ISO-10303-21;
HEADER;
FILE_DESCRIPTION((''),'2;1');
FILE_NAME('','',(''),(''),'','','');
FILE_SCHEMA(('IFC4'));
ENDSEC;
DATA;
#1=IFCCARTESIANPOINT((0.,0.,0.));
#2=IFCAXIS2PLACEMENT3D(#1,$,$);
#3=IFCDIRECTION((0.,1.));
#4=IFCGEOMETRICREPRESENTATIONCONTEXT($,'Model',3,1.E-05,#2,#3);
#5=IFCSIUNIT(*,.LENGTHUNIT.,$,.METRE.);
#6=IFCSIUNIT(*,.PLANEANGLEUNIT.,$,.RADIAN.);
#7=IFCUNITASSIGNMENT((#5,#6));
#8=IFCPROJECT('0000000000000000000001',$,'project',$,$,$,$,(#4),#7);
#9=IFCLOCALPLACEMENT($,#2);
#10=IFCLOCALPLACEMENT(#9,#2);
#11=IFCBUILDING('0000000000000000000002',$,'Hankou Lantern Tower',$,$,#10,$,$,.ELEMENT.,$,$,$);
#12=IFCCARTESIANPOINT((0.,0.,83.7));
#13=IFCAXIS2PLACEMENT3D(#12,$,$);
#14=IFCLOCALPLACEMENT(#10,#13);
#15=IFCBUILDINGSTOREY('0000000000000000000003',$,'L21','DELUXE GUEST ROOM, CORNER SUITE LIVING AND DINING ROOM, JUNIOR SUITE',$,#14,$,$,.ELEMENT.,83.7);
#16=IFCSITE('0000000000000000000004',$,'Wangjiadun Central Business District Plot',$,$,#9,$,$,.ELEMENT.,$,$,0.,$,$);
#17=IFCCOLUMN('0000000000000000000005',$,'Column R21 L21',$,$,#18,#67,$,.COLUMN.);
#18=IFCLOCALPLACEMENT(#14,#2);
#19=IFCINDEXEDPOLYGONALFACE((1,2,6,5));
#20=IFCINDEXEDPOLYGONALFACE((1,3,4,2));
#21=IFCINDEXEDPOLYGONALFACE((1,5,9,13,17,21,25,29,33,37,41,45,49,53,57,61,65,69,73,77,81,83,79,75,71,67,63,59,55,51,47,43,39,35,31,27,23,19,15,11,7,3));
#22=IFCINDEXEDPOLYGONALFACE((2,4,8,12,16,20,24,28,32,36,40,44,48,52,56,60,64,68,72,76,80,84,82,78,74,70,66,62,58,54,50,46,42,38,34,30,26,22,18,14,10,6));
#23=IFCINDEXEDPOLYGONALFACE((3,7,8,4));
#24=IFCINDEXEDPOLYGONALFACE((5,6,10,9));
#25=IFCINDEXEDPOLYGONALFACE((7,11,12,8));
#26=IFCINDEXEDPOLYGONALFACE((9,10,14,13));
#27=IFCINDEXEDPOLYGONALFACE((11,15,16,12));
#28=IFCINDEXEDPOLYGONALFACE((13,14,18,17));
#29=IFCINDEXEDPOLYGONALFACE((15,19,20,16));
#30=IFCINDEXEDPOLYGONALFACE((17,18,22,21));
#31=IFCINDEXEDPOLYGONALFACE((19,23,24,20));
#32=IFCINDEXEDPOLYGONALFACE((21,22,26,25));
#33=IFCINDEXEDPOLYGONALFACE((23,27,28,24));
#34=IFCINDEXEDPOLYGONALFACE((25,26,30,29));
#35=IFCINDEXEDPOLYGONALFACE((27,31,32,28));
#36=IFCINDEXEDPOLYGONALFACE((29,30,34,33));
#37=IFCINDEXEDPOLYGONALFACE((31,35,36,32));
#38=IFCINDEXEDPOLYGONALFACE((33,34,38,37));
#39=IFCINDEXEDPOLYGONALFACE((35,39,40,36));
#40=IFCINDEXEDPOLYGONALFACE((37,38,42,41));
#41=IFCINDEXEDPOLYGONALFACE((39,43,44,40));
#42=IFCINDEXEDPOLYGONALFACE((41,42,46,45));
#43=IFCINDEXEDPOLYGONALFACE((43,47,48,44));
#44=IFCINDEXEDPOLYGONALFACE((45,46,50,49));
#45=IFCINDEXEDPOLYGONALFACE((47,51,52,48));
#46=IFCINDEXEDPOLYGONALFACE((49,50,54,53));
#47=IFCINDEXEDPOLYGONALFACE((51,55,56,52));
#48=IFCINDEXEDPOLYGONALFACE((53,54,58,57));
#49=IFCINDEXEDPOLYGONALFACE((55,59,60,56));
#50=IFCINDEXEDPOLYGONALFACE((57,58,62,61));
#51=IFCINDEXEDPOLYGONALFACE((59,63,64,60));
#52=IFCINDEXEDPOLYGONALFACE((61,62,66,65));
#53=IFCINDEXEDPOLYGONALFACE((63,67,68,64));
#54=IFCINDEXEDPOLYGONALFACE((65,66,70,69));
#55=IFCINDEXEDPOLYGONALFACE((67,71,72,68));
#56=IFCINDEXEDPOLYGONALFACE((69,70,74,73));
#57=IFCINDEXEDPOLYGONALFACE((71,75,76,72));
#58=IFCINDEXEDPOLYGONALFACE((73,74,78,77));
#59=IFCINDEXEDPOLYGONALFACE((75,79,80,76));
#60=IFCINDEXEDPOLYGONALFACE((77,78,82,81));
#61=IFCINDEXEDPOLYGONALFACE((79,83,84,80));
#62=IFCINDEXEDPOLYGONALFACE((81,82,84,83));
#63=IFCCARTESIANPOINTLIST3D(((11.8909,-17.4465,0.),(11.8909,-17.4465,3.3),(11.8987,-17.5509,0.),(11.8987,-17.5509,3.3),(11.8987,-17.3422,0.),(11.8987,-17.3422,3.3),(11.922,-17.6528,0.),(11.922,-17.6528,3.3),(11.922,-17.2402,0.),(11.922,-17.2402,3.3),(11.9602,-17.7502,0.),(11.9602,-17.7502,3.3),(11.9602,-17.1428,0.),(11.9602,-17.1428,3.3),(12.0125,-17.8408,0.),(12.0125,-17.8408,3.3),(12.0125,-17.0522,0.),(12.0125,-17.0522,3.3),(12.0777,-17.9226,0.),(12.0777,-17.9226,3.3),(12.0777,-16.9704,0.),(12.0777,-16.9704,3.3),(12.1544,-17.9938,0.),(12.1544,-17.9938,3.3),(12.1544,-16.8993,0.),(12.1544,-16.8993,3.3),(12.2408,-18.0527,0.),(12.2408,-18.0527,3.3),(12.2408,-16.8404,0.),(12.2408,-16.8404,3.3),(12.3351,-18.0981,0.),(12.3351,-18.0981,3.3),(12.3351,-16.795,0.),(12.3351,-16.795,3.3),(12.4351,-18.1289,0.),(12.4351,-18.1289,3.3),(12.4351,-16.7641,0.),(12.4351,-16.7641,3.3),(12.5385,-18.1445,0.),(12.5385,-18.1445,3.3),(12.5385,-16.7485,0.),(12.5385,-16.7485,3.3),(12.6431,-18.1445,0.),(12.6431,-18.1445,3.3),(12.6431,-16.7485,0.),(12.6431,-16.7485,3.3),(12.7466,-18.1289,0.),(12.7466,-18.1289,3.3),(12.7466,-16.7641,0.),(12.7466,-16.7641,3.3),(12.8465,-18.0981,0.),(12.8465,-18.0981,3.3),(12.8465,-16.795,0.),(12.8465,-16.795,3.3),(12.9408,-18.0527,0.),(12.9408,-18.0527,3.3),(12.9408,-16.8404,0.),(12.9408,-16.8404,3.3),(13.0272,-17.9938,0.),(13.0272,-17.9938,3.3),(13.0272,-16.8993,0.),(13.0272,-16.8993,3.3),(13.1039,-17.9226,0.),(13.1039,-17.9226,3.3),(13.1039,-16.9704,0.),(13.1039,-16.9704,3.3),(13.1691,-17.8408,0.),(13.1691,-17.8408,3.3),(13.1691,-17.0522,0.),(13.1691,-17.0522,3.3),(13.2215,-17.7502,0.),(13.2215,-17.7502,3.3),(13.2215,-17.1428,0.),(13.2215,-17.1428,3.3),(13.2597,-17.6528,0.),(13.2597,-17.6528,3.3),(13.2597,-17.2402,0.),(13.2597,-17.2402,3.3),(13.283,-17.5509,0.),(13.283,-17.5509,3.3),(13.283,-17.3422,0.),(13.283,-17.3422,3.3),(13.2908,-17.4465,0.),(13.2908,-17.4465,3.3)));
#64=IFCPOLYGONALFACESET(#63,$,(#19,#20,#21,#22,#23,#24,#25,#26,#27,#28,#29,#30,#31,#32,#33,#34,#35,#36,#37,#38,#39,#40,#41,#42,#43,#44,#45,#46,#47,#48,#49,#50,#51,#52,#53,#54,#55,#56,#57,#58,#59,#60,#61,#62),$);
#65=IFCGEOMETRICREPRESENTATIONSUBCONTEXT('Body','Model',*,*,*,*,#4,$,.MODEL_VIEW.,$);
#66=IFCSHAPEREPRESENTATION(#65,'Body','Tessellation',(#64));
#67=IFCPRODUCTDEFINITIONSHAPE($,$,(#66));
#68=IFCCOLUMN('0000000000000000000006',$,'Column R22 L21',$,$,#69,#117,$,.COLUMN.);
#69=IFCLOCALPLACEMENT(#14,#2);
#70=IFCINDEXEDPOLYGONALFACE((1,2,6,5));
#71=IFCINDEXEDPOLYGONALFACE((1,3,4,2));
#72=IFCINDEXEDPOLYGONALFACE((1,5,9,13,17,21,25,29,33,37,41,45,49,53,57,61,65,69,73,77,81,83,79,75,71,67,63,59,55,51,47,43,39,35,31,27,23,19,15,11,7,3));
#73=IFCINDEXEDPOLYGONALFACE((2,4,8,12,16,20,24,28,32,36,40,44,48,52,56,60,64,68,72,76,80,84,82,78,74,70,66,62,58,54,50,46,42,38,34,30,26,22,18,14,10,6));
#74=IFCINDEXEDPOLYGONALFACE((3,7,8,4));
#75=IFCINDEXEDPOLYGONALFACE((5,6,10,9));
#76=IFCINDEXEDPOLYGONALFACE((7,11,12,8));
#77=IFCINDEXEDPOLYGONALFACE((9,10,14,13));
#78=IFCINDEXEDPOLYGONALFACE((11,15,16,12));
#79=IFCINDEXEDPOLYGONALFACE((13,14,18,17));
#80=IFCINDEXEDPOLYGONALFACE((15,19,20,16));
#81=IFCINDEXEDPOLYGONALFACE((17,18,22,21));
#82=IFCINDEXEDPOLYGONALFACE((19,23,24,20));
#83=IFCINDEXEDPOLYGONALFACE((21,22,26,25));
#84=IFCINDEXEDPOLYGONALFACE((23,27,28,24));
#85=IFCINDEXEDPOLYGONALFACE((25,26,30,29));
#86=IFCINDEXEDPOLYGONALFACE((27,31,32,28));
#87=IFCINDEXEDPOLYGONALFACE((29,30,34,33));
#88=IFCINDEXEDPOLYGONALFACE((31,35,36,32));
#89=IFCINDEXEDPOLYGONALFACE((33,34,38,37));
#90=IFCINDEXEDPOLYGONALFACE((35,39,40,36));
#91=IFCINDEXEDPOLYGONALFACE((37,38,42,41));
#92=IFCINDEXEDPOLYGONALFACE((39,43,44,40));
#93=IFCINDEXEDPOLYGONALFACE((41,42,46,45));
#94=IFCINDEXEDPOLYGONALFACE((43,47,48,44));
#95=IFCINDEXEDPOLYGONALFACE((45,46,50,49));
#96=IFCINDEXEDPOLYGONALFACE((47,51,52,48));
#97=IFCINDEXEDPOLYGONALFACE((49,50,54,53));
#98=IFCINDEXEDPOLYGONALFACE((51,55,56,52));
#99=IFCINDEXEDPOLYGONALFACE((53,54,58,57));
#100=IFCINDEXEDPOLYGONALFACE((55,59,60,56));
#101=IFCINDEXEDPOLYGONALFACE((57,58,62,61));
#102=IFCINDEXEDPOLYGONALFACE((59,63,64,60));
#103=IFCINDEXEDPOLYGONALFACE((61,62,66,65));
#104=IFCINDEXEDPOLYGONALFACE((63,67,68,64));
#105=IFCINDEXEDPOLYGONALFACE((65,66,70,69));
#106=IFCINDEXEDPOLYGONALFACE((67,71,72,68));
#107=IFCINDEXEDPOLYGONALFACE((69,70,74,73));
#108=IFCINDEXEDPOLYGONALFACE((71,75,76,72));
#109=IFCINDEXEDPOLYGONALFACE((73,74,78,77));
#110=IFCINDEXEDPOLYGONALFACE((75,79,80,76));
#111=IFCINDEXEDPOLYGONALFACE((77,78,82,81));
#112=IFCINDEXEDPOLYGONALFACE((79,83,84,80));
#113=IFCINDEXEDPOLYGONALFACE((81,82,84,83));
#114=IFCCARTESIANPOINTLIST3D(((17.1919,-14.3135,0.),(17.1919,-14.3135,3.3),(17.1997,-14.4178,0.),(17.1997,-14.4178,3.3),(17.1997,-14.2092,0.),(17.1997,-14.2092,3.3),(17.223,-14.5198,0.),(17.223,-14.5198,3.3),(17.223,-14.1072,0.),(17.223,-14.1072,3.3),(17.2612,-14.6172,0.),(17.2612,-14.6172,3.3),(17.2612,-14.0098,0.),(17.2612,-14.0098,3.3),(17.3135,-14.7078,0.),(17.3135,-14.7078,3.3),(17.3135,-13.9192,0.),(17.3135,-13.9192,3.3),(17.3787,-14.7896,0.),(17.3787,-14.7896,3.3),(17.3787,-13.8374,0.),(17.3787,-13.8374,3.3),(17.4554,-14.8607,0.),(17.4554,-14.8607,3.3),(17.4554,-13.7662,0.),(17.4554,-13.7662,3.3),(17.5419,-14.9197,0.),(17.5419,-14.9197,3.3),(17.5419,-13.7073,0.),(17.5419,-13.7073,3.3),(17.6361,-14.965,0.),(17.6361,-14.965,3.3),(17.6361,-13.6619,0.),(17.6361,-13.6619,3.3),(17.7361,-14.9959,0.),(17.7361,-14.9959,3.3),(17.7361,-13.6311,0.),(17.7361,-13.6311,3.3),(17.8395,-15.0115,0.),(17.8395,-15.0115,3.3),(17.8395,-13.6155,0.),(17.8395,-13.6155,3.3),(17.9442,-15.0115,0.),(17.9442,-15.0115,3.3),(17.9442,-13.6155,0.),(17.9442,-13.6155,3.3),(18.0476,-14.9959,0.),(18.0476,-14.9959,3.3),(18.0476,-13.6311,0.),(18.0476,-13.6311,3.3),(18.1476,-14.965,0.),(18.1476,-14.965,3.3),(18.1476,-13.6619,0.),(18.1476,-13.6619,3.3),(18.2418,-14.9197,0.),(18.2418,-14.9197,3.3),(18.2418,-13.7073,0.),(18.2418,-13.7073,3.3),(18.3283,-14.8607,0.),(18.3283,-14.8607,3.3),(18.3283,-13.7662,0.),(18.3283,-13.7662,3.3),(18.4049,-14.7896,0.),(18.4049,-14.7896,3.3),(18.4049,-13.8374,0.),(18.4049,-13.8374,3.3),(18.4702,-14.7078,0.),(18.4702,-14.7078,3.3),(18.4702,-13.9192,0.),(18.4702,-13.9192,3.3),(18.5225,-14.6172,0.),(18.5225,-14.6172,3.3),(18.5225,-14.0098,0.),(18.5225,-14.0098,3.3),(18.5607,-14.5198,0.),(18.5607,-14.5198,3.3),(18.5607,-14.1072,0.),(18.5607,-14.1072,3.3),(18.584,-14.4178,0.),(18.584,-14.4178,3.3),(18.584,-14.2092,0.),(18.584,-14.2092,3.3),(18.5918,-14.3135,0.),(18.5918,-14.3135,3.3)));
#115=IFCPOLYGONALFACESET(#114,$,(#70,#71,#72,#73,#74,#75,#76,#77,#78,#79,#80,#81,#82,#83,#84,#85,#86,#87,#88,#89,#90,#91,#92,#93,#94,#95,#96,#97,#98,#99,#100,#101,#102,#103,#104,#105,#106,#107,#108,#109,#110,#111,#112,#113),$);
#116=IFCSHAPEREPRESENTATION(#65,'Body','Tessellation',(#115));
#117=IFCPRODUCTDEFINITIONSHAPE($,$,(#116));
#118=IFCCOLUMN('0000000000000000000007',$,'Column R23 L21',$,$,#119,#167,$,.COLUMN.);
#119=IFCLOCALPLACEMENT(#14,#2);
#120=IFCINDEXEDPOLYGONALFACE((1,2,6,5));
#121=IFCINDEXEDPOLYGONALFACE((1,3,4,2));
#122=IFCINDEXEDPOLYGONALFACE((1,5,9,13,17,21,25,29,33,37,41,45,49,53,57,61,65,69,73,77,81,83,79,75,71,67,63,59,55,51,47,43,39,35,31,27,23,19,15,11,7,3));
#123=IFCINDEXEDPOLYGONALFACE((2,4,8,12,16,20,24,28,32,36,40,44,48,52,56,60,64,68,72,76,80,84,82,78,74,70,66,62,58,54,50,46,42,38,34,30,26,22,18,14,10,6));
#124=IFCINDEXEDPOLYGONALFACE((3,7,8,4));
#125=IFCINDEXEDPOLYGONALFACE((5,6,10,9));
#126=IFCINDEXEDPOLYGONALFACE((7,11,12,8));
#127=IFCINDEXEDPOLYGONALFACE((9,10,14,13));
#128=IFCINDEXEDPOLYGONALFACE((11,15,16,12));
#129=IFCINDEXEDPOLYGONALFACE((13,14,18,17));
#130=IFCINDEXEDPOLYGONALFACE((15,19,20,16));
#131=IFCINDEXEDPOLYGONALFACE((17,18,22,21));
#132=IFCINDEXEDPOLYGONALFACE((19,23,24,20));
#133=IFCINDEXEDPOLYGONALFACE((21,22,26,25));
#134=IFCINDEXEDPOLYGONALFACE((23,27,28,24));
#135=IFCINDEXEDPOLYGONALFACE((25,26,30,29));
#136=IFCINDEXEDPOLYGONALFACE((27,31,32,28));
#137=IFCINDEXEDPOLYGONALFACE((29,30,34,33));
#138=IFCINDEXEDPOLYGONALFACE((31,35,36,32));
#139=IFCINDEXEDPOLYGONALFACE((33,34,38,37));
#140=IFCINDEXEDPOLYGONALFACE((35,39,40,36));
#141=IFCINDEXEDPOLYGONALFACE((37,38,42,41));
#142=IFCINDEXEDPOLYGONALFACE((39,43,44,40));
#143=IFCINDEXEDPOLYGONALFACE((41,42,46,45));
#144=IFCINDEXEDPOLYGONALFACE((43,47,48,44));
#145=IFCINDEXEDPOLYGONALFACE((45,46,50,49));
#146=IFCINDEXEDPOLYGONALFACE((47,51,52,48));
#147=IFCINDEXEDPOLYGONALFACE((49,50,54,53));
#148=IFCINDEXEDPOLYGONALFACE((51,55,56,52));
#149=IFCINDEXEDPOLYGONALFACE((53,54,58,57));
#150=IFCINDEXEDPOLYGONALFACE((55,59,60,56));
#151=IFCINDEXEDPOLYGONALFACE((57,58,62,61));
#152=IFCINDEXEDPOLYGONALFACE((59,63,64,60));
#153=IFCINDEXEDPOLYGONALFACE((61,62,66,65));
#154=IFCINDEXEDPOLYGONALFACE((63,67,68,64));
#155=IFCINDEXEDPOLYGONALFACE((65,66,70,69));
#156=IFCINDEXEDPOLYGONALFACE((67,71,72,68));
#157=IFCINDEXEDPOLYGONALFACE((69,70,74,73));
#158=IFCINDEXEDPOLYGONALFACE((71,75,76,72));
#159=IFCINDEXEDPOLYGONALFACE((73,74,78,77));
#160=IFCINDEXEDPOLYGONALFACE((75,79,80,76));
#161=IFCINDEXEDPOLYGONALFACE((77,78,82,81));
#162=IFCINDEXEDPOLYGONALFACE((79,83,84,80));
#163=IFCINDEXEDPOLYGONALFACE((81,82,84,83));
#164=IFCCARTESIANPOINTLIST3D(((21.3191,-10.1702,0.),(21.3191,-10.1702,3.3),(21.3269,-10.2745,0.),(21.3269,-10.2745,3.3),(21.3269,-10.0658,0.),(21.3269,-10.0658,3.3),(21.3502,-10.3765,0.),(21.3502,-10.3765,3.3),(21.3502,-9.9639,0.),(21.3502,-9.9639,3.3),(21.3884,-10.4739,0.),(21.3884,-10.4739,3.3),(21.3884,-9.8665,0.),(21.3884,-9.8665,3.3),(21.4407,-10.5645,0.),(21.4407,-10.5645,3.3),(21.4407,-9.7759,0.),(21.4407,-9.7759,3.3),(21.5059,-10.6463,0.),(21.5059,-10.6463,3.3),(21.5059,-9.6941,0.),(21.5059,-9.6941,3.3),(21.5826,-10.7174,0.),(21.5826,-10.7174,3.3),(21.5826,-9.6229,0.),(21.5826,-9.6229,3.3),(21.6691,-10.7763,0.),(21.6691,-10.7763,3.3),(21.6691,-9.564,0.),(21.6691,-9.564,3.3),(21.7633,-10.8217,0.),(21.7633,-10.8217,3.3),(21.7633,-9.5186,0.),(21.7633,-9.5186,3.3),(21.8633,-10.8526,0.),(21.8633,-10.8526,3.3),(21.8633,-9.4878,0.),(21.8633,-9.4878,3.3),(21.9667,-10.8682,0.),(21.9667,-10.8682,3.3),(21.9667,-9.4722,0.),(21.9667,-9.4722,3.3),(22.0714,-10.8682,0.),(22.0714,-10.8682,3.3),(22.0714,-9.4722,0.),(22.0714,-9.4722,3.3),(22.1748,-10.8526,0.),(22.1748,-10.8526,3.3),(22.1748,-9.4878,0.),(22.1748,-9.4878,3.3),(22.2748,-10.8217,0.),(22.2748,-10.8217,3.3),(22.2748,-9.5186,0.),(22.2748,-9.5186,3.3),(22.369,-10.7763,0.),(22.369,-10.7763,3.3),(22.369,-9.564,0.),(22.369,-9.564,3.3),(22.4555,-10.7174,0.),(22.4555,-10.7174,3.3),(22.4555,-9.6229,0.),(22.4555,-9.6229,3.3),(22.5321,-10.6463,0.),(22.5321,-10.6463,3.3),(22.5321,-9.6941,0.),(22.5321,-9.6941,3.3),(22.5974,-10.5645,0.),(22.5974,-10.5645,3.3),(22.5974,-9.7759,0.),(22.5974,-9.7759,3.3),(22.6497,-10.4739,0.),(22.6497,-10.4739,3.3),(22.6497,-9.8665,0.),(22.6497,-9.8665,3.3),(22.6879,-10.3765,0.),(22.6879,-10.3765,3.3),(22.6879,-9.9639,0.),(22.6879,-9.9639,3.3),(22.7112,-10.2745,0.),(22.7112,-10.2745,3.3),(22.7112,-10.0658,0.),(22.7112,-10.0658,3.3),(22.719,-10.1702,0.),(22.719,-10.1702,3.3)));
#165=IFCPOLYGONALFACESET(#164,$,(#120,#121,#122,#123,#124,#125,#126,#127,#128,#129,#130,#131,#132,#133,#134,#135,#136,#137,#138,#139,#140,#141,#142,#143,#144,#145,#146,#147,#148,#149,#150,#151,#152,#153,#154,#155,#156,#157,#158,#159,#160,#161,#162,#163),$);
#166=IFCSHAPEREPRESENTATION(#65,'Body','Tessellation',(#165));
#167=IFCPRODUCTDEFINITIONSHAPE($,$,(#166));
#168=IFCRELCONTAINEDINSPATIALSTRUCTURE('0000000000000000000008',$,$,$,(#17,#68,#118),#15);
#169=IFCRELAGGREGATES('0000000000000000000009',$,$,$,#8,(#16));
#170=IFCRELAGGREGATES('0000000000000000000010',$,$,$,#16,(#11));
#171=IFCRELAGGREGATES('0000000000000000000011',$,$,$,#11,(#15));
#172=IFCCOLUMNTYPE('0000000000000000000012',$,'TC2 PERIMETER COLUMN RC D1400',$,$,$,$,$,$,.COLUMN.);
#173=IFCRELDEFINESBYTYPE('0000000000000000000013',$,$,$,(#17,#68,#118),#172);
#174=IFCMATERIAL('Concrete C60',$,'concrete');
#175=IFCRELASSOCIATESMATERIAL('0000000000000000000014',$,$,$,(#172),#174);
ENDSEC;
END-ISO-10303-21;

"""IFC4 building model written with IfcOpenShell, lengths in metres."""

from ifc_helpers import new_model, si_unit, direction, frame, origin, origin_2d, place, context, subcontext, project, spatial, circle, extrude, material, material_profile, profile_set, type_object, element, save


model = new_model("IFC4")

# Units and contexts
model_context = context("Model", 3, precision=1e-05, world=origin(), true_north=direction((0.0, 1.0)))
body_context = subcontext(model_context, "Body", "Model", "MODEL_VIEW")
ifc_project = project(units=[si_unit("LENGTHUNIT", "METRE"), si_unit("PLANEANGLEUNIT", "RADIAN")], contexts=[model_context])

# Site, building, storey
site_placement = place(None, origin())
site = spatial("IfcSite", under=ifc_project, at=site_placement, Name="Wangjiadun Central Business District Plot", CompositionType="ELEMENT", RefElevation=0.0)
building_placement = place(site_placement, origin())
building = spatial("IfcBuilding", under=site, at=building_placement, Name="Hankou Lantern Tower", CompositionType="ELEMENT")
storey_placement = place(building_placement, frame((0.0, 0.0, 83.7)))
storey = spatial("IfcBuildingStorey", under=building, at=storey_placement, Name="L21", Description="DELUXE GUEST ROOM, CORNER SUITE LIVING AND DINING ROOM, JUNIOR SUITE", CompositionType="ELEMENT", Elevation=83.7)

# Columns
ifc_material_1 = material(Name="Concrete C60", Category="concrete")
ifc_material_profile_1 = material_profile(ifc_material_1, circle(Radius=0.7, at=origin_2d()), Name="RC D1400")
ifc_profile_set_1 = profile_set([ifc_material_profile_1], Name="Concrete C60")
column_type = type_object("IfcColumnType", Name="TC2 PERIMETER COLUMN RC D1400", PredefinedType="COLUMN", material=ifc_profile_set_1)
for number, where, z_axis, x_axis, name in (
    (1, (12.5908, -17.4465, 0.0), (0.0, 0.0, 1.0), (1.0, 0.0, 0.0), "Column R21 L21"),
    (2, (17.8918, -14.3135, 0.0), (0.0, 0.0, 1.0), (1.0, 0.0, 0.0), "Column R22 L21"),
    (3, (22.019, -10.1702, 0.0), (0.0, 0.0, 1.0), (1.0, 0.0, 0.0), "Column R23 L21"),
):
    element("IfcColumn", number, at=place(storey_placement, frame(where, z_axis=z_axis, x_axis=x_axis)), inside=storey, type_object=column_type, Name=name, PredefinedType="COLUMN", context=body_context, shape_type="SweptSolid", body=[
        extrude(circle(Radius=0.7, at=origin_2d()), origin(), (0.0, 0.0, 1.0), 3.3),
    ])

save(model, "model.ifc")
